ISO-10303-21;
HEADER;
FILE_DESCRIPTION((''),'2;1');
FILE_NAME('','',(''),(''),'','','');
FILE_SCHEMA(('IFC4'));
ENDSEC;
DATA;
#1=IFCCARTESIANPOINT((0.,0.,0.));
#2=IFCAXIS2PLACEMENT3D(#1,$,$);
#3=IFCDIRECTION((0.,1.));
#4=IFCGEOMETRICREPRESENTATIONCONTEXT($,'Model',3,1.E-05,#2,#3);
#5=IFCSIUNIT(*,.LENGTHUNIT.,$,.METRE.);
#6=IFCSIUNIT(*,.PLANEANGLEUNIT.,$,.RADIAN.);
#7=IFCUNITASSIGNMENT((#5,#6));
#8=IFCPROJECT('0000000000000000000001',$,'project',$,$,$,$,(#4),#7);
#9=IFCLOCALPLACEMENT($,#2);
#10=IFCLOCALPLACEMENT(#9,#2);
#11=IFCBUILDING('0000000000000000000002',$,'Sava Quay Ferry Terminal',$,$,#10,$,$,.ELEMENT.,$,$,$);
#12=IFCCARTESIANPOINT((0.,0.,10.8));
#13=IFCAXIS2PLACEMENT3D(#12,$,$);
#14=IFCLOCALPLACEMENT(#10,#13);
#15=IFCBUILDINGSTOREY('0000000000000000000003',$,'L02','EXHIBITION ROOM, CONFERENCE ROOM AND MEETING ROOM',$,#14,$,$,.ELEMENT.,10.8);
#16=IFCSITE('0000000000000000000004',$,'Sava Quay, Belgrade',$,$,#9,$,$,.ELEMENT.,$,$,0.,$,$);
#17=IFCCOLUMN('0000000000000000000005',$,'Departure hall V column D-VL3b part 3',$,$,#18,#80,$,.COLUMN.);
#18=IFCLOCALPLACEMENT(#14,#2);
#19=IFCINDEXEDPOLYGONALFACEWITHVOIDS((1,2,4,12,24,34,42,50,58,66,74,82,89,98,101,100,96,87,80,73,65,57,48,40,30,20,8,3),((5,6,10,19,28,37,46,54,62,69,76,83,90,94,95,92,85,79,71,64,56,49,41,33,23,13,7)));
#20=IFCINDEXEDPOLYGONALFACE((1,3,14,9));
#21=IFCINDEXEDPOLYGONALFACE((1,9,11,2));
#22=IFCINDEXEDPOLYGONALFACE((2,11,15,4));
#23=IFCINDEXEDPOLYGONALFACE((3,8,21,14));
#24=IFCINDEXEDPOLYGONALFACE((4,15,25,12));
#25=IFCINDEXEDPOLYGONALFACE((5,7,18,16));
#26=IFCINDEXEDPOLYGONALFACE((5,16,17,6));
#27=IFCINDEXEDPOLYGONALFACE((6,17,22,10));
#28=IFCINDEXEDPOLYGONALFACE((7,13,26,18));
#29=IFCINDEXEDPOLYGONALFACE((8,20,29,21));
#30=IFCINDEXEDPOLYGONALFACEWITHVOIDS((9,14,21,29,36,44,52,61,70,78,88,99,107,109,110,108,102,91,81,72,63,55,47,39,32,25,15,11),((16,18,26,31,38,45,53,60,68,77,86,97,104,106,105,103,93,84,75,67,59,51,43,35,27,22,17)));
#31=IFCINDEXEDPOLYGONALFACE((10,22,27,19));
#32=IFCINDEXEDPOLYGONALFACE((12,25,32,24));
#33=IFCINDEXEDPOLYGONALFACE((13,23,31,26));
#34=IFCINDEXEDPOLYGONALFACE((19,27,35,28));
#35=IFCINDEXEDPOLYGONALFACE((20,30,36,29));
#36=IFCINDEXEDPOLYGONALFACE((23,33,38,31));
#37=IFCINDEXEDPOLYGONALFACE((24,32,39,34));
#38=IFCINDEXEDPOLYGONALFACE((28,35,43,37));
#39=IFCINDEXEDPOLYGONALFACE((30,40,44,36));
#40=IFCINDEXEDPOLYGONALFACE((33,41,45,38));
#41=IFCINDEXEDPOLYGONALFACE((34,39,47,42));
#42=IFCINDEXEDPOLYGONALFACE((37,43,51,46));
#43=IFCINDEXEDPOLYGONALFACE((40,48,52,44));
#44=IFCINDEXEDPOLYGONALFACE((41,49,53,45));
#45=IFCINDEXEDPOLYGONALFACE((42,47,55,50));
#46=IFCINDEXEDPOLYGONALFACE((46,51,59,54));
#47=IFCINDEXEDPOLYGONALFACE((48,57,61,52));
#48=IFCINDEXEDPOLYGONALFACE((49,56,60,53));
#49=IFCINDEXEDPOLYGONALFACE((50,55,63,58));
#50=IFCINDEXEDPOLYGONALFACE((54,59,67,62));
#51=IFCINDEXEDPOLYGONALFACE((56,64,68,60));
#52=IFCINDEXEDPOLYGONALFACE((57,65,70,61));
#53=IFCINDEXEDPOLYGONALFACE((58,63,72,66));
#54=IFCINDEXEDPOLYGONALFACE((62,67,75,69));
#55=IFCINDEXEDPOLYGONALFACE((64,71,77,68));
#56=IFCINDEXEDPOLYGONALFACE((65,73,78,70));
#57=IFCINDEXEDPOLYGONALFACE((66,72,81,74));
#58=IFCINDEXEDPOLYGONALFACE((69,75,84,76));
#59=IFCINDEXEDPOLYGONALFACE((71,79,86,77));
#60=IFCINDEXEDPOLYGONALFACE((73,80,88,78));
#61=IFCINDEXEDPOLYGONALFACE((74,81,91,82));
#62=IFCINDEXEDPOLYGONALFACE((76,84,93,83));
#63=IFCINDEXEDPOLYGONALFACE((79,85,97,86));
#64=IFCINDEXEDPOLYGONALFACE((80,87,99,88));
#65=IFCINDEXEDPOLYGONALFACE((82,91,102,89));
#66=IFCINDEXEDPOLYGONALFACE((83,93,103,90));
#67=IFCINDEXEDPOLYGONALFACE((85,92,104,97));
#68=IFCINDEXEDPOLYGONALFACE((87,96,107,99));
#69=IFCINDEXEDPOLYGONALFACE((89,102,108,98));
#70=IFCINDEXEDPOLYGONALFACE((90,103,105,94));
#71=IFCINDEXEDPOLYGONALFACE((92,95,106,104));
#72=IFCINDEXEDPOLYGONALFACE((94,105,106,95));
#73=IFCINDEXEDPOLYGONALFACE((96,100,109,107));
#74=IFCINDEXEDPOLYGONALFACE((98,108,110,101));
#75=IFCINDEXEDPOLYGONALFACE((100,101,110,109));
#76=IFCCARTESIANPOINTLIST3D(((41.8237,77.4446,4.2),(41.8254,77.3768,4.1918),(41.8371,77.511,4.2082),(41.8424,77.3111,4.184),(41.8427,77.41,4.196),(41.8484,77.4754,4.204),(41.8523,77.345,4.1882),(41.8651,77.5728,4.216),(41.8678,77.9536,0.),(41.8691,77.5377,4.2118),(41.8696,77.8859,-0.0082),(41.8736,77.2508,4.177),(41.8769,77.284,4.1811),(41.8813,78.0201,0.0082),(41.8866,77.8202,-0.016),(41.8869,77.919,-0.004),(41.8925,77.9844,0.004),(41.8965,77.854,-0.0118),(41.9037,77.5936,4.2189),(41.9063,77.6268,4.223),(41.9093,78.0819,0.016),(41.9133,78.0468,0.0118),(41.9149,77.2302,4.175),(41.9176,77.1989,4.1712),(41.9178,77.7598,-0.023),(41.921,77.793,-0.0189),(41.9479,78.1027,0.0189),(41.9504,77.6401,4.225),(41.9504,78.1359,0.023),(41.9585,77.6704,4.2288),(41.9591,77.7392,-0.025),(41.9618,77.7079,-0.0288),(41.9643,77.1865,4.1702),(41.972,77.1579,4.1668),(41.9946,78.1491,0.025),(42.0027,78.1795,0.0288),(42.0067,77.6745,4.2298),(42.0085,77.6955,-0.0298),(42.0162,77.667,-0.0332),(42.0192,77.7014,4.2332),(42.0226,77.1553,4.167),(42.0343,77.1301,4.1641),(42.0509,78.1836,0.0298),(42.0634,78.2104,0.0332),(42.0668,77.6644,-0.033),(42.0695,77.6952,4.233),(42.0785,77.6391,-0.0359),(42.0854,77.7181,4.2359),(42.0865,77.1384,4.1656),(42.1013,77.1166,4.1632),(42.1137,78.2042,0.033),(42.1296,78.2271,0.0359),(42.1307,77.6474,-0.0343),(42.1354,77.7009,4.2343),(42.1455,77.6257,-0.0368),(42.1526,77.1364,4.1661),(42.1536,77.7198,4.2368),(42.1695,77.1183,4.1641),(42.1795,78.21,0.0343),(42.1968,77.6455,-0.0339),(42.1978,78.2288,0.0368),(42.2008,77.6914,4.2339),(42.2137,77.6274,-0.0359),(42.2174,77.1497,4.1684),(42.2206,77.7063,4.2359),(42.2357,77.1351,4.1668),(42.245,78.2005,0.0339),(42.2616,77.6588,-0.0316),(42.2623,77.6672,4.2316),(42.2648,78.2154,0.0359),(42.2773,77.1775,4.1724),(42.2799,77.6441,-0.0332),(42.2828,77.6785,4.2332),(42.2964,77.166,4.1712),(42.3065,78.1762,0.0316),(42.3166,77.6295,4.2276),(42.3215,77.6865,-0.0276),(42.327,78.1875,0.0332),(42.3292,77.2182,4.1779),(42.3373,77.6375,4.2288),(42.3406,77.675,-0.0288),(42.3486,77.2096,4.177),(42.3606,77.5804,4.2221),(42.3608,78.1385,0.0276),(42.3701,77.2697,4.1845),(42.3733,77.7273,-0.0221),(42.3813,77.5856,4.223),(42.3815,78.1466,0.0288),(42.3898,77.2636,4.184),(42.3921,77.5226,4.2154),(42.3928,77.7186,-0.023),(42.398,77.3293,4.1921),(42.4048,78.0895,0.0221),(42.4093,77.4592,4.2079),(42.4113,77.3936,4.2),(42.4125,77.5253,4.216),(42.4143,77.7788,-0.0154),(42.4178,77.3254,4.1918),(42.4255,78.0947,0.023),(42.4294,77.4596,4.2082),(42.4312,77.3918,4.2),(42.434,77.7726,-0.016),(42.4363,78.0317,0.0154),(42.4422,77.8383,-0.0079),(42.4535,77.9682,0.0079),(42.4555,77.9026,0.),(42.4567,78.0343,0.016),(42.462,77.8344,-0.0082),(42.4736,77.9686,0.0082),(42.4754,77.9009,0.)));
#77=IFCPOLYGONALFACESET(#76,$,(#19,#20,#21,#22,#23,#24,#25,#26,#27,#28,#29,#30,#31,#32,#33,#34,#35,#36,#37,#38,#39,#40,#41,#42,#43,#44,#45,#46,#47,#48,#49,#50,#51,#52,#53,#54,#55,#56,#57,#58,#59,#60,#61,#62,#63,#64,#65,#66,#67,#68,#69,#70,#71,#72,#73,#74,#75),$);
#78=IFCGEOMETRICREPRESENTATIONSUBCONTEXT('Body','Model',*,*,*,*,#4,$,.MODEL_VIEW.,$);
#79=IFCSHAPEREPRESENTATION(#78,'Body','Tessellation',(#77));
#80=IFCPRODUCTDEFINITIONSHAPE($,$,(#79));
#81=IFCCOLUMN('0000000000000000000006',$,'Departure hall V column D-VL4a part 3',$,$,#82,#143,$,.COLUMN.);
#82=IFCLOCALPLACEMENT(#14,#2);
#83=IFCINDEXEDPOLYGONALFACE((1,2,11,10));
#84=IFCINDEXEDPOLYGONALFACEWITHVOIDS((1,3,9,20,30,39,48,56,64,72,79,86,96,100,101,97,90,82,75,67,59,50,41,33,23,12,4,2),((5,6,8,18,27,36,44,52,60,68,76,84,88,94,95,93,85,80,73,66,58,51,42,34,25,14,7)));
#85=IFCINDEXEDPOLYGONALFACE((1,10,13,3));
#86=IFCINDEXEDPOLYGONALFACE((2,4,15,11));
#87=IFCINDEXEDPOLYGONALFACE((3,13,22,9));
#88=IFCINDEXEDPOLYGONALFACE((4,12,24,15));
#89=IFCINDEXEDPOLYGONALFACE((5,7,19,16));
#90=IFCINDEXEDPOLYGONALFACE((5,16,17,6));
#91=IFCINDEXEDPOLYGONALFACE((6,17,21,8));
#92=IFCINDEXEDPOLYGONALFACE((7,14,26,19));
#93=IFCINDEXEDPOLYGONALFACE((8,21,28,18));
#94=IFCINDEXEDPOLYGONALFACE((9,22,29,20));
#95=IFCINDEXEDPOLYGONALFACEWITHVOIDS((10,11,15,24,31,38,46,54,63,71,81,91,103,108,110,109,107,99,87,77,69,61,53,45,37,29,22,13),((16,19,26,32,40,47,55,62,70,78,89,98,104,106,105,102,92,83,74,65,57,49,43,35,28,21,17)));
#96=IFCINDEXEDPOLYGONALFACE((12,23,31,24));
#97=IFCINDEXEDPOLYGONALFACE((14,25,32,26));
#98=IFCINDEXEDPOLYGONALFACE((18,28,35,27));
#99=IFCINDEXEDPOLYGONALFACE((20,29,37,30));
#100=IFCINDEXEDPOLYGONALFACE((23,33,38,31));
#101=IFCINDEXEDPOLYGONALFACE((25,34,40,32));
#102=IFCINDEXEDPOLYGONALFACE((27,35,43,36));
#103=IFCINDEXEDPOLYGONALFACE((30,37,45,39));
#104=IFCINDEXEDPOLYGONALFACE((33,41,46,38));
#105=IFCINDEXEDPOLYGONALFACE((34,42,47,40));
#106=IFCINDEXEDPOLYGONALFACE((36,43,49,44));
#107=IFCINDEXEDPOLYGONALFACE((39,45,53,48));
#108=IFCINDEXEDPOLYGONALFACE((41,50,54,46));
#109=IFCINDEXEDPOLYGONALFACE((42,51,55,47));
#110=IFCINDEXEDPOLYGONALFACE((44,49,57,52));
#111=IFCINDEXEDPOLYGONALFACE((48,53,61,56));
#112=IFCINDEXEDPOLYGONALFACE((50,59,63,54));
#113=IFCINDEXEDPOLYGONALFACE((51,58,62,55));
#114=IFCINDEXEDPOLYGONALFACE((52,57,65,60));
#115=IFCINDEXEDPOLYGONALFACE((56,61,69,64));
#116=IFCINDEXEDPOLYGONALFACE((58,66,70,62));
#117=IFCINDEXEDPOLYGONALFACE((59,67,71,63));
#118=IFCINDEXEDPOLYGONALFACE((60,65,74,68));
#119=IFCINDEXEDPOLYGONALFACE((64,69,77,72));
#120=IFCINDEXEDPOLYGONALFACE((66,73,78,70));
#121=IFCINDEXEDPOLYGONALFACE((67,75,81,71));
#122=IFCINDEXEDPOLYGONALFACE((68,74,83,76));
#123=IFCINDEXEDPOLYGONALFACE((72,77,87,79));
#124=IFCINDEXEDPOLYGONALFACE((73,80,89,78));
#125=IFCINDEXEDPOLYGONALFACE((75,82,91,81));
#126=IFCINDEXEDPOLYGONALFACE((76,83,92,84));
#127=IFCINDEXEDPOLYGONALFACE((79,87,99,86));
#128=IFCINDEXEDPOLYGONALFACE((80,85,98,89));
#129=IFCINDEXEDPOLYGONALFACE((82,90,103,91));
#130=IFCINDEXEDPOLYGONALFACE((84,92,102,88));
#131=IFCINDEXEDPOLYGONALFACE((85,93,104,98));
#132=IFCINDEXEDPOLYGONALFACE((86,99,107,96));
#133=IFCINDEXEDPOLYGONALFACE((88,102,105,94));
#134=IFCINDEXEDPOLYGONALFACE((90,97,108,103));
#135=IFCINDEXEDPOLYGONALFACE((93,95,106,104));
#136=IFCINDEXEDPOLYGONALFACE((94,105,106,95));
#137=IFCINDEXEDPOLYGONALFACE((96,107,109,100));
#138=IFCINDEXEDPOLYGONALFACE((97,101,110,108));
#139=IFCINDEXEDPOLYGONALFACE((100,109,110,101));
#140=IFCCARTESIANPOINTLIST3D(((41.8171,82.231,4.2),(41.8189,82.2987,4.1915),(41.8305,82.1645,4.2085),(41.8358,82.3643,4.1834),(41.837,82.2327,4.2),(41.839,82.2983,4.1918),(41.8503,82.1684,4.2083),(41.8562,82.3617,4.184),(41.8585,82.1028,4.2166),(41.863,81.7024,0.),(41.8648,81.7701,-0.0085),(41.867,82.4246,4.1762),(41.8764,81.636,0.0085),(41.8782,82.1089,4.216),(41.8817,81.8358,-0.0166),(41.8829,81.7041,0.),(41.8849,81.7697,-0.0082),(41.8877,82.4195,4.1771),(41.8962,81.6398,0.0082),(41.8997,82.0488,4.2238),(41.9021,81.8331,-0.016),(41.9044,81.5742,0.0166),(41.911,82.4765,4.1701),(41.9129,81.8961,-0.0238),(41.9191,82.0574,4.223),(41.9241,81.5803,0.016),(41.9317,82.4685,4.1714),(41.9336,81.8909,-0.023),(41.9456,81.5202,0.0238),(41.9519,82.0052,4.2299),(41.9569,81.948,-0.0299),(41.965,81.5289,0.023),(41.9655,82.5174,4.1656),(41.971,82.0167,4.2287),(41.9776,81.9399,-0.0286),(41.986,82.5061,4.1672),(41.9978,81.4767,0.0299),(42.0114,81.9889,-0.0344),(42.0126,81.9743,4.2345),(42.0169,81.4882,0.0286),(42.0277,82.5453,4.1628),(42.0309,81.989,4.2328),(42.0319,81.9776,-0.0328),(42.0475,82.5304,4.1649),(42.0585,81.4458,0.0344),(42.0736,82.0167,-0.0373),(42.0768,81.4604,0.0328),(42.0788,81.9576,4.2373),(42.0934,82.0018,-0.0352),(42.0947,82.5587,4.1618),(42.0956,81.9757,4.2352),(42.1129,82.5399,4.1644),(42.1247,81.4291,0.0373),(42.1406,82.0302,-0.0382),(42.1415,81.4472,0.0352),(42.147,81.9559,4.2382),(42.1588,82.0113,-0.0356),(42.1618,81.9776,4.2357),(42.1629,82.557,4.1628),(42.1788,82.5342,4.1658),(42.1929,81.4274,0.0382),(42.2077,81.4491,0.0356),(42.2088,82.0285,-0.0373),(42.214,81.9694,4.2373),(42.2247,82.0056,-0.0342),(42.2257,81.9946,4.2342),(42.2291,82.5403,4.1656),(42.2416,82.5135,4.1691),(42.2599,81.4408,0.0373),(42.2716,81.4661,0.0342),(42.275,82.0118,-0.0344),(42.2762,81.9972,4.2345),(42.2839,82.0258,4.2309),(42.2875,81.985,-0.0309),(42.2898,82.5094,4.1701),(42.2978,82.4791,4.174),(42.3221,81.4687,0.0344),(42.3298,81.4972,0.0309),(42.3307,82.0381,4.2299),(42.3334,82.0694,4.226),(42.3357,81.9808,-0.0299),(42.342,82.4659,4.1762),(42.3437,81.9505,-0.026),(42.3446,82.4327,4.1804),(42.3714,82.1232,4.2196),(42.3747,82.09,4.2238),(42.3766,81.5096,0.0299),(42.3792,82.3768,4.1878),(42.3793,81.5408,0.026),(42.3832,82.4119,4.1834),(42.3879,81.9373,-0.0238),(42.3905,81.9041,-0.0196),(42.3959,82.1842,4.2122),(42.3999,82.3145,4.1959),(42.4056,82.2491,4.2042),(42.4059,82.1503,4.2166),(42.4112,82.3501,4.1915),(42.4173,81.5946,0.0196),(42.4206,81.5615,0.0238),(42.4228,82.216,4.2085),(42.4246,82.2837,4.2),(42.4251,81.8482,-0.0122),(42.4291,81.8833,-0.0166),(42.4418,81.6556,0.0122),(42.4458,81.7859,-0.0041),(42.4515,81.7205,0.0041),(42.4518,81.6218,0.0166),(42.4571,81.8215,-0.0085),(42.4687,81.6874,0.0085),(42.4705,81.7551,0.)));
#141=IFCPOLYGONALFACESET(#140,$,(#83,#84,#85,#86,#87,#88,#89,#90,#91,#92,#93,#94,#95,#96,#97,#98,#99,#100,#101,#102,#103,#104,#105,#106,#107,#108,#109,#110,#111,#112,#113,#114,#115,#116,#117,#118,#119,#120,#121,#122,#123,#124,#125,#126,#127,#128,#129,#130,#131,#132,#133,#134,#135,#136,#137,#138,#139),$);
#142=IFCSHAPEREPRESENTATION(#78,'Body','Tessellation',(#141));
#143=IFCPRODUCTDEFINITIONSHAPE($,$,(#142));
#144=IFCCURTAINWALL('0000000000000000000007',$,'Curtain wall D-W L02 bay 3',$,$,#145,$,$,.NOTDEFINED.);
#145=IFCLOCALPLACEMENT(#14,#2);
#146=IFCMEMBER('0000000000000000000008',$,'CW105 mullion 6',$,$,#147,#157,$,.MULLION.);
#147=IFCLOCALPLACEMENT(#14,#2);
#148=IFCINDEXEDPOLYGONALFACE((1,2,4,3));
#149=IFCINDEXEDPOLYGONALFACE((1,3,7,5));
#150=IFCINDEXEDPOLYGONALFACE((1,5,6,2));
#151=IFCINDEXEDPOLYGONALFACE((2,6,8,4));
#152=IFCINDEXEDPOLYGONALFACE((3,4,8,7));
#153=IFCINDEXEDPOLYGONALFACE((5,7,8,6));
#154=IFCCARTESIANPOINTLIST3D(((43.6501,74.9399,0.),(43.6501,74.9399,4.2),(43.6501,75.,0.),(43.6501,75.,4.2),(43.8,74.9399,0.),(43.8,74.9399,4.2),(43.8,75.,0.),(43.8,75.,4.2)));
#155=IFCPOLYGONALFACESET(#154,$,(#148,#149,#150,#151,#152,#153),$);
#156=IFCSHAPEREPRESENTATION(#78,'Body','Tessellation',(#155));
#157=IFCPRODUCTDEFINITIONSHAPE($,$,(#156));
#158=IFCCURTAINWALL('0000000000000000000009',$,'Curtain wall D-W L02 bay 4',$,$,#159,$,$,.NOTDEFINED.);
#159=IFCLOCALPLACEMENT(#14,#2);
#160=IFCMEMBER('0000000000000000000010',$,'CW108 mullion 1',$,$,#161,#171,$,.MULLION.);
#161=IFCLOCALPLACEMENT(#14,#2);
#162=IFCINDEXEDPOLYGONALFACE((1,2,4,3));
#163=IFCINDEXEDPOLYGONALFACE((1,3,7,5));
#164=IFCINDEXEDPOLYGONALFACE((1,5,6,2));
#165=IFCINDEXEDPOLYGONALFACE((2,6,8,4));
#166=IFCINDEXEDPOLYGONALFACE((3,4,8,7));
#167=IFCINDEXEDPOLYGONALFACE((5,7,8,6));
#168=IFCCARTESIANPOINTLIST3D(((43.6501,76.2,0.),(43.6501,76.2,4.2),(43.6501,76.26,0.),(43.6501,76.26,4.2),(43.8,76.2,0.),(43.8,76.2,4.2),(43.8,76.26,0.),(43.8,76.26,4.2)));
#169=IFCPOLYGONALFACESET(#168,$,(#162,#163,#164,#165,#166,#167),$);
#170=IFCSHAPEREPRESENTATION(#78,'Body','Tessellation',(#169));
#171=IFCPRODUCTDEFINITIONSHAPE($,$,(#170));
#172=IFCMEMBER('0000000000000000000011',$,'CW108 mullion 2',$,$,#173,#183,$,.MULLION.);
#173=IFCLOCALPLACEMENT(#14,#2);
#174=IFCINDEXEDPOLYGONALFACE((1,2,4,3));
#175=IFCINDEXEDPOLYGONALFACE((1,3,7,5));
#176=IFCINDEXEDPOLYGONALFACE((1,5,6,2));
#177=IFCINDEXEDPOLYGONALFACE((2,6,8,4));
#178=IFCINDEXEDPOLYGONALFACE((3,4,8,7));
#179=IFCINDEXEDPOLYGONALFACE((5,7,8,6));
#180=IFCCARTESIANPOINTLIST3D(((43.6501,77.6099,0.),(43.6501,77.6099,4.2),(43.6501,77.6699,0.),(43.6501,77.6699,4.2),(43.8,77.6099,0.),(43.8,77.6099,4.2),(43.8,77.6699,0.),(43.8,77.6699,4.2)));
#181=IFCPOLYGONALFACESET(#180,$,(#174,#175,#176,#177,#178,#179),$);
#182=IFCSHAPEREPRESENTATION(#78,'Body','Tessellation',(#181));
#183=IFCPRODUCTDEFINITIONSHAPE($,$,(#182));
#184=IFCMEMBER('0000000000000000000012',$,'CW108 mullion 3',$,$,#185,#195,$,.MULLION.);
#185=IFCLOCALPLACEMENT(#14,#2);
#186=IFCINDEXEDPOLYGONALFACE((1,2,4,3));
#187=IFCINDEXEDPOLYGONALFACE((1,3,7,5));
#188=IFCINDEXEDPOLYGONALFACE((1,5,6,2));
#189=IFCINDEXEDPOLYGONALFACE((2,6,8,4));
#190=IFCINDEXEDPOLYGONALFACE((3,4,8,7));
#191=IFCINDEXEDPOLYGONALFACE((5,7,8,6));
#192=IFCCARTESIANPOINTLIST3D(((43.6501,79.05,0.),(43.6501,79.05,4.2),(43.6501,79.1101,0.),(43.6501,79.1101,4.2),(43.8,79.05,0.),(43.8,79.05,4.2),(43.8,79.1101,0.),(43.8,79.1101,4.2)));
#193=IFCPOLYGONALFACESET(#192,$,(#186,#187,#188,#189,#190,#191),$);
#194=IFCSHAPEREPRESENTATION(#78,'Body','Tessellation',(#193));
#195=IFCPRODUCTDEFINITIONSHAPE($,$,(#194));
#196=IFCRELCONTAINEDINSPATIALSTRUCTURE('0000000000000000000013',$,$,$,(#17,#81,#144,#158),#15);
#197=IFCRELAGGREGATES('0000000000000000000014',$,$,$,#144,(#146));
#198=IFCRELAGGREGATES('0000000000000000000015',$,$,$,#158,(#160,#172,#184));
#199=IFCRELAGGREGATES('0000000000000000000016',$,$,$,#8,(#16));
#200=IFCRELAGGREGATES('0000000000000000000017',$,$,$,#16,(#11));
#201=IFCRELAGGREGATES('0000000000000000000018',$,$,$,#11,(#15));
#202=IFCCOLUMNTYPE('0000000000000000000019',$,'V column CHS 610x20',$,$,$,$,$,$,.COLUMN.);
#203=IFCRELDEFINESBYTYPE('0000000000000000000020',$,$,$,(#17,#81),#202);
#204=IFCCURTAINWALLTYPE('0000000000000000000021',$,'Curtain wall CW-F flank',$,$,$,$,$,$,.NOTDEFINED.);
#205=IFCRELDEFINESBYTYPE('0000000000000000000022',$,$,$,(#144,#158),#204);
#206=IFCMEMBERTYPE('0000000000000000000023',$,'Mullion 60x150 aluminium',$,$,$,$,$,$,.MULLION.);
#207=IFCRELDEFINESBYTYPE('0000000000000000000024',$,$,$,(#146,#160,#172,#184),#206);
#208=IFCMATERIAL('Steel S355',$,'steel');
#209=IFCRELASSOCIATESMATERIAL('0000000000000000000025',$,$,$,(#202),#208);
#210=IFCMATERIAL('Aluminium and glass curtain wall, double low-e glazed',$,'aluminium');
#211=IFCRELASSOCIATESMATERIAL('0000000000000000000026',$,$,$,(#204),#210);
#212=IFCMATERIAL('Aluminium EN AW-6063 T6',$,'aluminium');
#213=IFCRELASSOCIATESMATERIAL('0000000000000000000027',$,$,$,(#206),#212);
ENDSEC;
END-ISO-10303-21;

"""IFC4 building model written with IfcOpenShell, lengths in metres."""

from ifc_helpers import new_model, si_unit, direction, frame, origin, origin_2d, place, context, subcontext, project, spatial, rectangle, hollow_circle, extrude, material, material_profile, profile_set, type_object, element, aggregate, save


model = new_model("IFC4")

# Units and contexts
model_context = context("Model", 3, precision=1e-05, world=origin(), true_north=direction((0.0, 1.0)))
body_context = subcontext(model_context, "Body", "Model", "MODEL_VIEW")
ifc_project = project(units=[si_unit("LENGTHUNIT", "METRE"), si_unit("PLANEANGLEUNIT", "RADIAN")], contexts=[model_context])

# Site, building, storey
site_placement = place(None, origin())
site = spatial("IfcSite", under=ifc_project, at=site_placement, Name="Sava Quay, Belgrade", CompositionType="ELEMENT", RefElevation=0.0)
building_placement = place(site_placement, origin())
building = spatial("IfcBuilding", under=site, at=building_placement, Name="Sava Quay Ferry Terminal", CompositionType="ELEMENT")
storey_placement = place(building_placement, frame((0.0, 0.0, 10.8)))
storey = spatial("IfcBuildingStorey", under=building, at=storey_placement, Name="L02", Description="EXHIBITION ROOM, CONFERENCE ROOM AND MEETING ROOM", CompositionType="ELEMENT", Elevation=10.8)

# Columns
ifc_material_1 = material(Name="Steel S355", Category="steel")
ifc_material_profile_1 = material_profile(ifc_material_1, hollow_circle(Radius=0.3049, WallThickness=0.02, at=origin_2d()), Name="CHS 610 x 20.0")
ifc_profile_set_1 = profile_set([ifc_material_profile_1], Name="Steel S355")
column_type = type_object("IfcColumnType", Name="V column CHS 610x20", PredefinedType="COLUMN", material=ifc_profile_set_1)
column_1_placement = place(storey_placement, frame((42.1716, 77.9272, 0.0), z_axis=(-0.010444, -0.120313, 0.992681), x_axis=(0.996253, -0.086485, 0.0)))
element("IfcColumn", 1, at=column_1_placement, inside=storey, type_object=column_type, Name="Departure hall V column D-VL3b part 3", PredefinedType="COLUMN", context=body_context, shape_type="SweptSolid", body=[
    extrude(hollow_circle(Radius=0.3049, WallThickness=0.02, at=origin_2d()), origin(), (0.0, 0.0, 1.0), 4.231),
])
column_2_placement = place(storey_placement, frame((42.1667, 81.7288, 0.0), z_axis=(-0.010842, 0.124858, 0.992115), x_axis=(-0.996251, -0.08651, 0.0)))
element("IfcColumn", 2, at=column_2_placement, inside=storey, type_object=column_type, Name="Departure hall V column D-VL4a part 3", PredefinedType="COLUMN", context=body_context, shape_type="SweptSolid", body=[
    extrude(hollow_circle(Radius=0.3049, WallThickness=0.02, at=origin_2d()), origin(), (0.0, 0.0, 1.0), 4.2334),
])

# Curtain wall, member
ifc_material_2 = material(Name="Aluminium and glass curtain wall, double low-e glazed", Category="aluminium")
curtain_wall_type = type_object("IfcCurtainWallType", Name="Curtain wall CW-F flank", PredefinedType="NOTDEFINED", material=ifc_material_2)
curtain_wall_1_placement = place(storey_placement, origin())
curtain_wall_1 = element("IfcCurtainWall", 3, at=curtain_wall_1_placement, inside=storey, type_object=curtain_wall_type, Name="Curtain wall D-W L02 bay 3", PredefinedType="NOTDEFINED")
ifc_material_3 = material(Name="Aluminium EN AW-6063 T6", Category="aluminium")
ifc_material_profile_2 = material_profile(ifc_material_3, rectangle(XDim=0.1499, YDim=0.0601, at=origin_2d()), Name="Mullion 60x150 aluminium")
ifc_profile_set_2 = profile_set([ifc_material_profile_2], Name="Aluminium EN AW-6063 T6")
member_type_1 = type_object("IfcMemberType", Name="Mullion 60x150 aluminium", PredefinedType="MULLION", material=ifc_profile_set_2)
member_1_placement = place(storey_placement, frame((43.7251, 74.97, 0.0), z_axis=(0.0, 0.0, 1.0), x_axis=(-1.0, 0.0, 0.0)))
member_1 = element("IfcMember", 4, at=member_1_placement, type_object=member_type_1, Name="CW105 mullion 6", PredefinedType="MULLION", context=body_context, shape_type="SweptSolid", body=[
    extrude(rectangle(XDim=0.1499, YDim=0.0601, at=origin_2d()), origin(), (0.0, 0.0, 1.0), 4.2),
])
aggregate(curtain_wall_1, [member_1])

# Curtain wall, members
curtain_wall_2_placement = place(storey_placement, origin())
curtain_wall_2 = element("IfcCurtainWall", 5, at=curtain_wall_2_placement, inside=storey, type_object=curtain_wall_type, Name="Curtain wall D-W L02 bay 4", PredefinedType="NOTDEFINED")
member_2_placement = place(storey_placement, frame((43.7251, 76.23, 0.0), z_axis=(0.0, 0.0, 1.0), x_axis=(-1.0, 0.0, 0.0)))
member_2 = element("IfcMember", 6, at=member_2_placement, type_object=member_type_1, Name="CW108 mullion 1", PredefinedType="MULLION", context=body_context, shape_type="SweptSolid", body=[
    extrude(rectangle(XDim=0.1499, YDim=0.0601, at=origin_2d()), origin(), (0.0, 0.0, 1.0), 4.2),
])
member_3_placement = place(storey_placement, frame((43.7251, 77.6399, 0.0), z_axis=(0.0, 0.0, 1.0), x_axis=(-1.0, 0.0, 0.0)))
member_3 = element("IfcMember", 7, at=member_3_placement, type_object=member_type_1, Name="CW108 mullion 2", PredefinedType="MULLION", context=body_context, shape_type="SweptSolid", body=[
    extrude(rectangle(XDim=0.1499, YDim=0.0601, at=origin_2d()), origin(), (0.0, 0.0, 1.0), 4.2),
])
member_4_placement = place(storey_placement, frame((43.7251, 79.0801, 0.0), z_axis=(0.0, 0.0, 1.0), x_axis=(-1.0, 0.0, 0.0)))
member_4 = element("IfcMember", 8, at=member_4_placement, type_object=member_type_1, Name="CW108 mullion 3", PredefinedType="MULLION", context=body_context, shape_type="SweptSolid", body=[
    extrude(rectangle(XDim=0.1499, YDim=0.0601, at=origin_2d()), origin(), (0.0, 0.0, 1.0), 4.2),
])
aggregate(curtain_wall_2, [member_2, member_3, member_4])

save(model, "model.ifc")
